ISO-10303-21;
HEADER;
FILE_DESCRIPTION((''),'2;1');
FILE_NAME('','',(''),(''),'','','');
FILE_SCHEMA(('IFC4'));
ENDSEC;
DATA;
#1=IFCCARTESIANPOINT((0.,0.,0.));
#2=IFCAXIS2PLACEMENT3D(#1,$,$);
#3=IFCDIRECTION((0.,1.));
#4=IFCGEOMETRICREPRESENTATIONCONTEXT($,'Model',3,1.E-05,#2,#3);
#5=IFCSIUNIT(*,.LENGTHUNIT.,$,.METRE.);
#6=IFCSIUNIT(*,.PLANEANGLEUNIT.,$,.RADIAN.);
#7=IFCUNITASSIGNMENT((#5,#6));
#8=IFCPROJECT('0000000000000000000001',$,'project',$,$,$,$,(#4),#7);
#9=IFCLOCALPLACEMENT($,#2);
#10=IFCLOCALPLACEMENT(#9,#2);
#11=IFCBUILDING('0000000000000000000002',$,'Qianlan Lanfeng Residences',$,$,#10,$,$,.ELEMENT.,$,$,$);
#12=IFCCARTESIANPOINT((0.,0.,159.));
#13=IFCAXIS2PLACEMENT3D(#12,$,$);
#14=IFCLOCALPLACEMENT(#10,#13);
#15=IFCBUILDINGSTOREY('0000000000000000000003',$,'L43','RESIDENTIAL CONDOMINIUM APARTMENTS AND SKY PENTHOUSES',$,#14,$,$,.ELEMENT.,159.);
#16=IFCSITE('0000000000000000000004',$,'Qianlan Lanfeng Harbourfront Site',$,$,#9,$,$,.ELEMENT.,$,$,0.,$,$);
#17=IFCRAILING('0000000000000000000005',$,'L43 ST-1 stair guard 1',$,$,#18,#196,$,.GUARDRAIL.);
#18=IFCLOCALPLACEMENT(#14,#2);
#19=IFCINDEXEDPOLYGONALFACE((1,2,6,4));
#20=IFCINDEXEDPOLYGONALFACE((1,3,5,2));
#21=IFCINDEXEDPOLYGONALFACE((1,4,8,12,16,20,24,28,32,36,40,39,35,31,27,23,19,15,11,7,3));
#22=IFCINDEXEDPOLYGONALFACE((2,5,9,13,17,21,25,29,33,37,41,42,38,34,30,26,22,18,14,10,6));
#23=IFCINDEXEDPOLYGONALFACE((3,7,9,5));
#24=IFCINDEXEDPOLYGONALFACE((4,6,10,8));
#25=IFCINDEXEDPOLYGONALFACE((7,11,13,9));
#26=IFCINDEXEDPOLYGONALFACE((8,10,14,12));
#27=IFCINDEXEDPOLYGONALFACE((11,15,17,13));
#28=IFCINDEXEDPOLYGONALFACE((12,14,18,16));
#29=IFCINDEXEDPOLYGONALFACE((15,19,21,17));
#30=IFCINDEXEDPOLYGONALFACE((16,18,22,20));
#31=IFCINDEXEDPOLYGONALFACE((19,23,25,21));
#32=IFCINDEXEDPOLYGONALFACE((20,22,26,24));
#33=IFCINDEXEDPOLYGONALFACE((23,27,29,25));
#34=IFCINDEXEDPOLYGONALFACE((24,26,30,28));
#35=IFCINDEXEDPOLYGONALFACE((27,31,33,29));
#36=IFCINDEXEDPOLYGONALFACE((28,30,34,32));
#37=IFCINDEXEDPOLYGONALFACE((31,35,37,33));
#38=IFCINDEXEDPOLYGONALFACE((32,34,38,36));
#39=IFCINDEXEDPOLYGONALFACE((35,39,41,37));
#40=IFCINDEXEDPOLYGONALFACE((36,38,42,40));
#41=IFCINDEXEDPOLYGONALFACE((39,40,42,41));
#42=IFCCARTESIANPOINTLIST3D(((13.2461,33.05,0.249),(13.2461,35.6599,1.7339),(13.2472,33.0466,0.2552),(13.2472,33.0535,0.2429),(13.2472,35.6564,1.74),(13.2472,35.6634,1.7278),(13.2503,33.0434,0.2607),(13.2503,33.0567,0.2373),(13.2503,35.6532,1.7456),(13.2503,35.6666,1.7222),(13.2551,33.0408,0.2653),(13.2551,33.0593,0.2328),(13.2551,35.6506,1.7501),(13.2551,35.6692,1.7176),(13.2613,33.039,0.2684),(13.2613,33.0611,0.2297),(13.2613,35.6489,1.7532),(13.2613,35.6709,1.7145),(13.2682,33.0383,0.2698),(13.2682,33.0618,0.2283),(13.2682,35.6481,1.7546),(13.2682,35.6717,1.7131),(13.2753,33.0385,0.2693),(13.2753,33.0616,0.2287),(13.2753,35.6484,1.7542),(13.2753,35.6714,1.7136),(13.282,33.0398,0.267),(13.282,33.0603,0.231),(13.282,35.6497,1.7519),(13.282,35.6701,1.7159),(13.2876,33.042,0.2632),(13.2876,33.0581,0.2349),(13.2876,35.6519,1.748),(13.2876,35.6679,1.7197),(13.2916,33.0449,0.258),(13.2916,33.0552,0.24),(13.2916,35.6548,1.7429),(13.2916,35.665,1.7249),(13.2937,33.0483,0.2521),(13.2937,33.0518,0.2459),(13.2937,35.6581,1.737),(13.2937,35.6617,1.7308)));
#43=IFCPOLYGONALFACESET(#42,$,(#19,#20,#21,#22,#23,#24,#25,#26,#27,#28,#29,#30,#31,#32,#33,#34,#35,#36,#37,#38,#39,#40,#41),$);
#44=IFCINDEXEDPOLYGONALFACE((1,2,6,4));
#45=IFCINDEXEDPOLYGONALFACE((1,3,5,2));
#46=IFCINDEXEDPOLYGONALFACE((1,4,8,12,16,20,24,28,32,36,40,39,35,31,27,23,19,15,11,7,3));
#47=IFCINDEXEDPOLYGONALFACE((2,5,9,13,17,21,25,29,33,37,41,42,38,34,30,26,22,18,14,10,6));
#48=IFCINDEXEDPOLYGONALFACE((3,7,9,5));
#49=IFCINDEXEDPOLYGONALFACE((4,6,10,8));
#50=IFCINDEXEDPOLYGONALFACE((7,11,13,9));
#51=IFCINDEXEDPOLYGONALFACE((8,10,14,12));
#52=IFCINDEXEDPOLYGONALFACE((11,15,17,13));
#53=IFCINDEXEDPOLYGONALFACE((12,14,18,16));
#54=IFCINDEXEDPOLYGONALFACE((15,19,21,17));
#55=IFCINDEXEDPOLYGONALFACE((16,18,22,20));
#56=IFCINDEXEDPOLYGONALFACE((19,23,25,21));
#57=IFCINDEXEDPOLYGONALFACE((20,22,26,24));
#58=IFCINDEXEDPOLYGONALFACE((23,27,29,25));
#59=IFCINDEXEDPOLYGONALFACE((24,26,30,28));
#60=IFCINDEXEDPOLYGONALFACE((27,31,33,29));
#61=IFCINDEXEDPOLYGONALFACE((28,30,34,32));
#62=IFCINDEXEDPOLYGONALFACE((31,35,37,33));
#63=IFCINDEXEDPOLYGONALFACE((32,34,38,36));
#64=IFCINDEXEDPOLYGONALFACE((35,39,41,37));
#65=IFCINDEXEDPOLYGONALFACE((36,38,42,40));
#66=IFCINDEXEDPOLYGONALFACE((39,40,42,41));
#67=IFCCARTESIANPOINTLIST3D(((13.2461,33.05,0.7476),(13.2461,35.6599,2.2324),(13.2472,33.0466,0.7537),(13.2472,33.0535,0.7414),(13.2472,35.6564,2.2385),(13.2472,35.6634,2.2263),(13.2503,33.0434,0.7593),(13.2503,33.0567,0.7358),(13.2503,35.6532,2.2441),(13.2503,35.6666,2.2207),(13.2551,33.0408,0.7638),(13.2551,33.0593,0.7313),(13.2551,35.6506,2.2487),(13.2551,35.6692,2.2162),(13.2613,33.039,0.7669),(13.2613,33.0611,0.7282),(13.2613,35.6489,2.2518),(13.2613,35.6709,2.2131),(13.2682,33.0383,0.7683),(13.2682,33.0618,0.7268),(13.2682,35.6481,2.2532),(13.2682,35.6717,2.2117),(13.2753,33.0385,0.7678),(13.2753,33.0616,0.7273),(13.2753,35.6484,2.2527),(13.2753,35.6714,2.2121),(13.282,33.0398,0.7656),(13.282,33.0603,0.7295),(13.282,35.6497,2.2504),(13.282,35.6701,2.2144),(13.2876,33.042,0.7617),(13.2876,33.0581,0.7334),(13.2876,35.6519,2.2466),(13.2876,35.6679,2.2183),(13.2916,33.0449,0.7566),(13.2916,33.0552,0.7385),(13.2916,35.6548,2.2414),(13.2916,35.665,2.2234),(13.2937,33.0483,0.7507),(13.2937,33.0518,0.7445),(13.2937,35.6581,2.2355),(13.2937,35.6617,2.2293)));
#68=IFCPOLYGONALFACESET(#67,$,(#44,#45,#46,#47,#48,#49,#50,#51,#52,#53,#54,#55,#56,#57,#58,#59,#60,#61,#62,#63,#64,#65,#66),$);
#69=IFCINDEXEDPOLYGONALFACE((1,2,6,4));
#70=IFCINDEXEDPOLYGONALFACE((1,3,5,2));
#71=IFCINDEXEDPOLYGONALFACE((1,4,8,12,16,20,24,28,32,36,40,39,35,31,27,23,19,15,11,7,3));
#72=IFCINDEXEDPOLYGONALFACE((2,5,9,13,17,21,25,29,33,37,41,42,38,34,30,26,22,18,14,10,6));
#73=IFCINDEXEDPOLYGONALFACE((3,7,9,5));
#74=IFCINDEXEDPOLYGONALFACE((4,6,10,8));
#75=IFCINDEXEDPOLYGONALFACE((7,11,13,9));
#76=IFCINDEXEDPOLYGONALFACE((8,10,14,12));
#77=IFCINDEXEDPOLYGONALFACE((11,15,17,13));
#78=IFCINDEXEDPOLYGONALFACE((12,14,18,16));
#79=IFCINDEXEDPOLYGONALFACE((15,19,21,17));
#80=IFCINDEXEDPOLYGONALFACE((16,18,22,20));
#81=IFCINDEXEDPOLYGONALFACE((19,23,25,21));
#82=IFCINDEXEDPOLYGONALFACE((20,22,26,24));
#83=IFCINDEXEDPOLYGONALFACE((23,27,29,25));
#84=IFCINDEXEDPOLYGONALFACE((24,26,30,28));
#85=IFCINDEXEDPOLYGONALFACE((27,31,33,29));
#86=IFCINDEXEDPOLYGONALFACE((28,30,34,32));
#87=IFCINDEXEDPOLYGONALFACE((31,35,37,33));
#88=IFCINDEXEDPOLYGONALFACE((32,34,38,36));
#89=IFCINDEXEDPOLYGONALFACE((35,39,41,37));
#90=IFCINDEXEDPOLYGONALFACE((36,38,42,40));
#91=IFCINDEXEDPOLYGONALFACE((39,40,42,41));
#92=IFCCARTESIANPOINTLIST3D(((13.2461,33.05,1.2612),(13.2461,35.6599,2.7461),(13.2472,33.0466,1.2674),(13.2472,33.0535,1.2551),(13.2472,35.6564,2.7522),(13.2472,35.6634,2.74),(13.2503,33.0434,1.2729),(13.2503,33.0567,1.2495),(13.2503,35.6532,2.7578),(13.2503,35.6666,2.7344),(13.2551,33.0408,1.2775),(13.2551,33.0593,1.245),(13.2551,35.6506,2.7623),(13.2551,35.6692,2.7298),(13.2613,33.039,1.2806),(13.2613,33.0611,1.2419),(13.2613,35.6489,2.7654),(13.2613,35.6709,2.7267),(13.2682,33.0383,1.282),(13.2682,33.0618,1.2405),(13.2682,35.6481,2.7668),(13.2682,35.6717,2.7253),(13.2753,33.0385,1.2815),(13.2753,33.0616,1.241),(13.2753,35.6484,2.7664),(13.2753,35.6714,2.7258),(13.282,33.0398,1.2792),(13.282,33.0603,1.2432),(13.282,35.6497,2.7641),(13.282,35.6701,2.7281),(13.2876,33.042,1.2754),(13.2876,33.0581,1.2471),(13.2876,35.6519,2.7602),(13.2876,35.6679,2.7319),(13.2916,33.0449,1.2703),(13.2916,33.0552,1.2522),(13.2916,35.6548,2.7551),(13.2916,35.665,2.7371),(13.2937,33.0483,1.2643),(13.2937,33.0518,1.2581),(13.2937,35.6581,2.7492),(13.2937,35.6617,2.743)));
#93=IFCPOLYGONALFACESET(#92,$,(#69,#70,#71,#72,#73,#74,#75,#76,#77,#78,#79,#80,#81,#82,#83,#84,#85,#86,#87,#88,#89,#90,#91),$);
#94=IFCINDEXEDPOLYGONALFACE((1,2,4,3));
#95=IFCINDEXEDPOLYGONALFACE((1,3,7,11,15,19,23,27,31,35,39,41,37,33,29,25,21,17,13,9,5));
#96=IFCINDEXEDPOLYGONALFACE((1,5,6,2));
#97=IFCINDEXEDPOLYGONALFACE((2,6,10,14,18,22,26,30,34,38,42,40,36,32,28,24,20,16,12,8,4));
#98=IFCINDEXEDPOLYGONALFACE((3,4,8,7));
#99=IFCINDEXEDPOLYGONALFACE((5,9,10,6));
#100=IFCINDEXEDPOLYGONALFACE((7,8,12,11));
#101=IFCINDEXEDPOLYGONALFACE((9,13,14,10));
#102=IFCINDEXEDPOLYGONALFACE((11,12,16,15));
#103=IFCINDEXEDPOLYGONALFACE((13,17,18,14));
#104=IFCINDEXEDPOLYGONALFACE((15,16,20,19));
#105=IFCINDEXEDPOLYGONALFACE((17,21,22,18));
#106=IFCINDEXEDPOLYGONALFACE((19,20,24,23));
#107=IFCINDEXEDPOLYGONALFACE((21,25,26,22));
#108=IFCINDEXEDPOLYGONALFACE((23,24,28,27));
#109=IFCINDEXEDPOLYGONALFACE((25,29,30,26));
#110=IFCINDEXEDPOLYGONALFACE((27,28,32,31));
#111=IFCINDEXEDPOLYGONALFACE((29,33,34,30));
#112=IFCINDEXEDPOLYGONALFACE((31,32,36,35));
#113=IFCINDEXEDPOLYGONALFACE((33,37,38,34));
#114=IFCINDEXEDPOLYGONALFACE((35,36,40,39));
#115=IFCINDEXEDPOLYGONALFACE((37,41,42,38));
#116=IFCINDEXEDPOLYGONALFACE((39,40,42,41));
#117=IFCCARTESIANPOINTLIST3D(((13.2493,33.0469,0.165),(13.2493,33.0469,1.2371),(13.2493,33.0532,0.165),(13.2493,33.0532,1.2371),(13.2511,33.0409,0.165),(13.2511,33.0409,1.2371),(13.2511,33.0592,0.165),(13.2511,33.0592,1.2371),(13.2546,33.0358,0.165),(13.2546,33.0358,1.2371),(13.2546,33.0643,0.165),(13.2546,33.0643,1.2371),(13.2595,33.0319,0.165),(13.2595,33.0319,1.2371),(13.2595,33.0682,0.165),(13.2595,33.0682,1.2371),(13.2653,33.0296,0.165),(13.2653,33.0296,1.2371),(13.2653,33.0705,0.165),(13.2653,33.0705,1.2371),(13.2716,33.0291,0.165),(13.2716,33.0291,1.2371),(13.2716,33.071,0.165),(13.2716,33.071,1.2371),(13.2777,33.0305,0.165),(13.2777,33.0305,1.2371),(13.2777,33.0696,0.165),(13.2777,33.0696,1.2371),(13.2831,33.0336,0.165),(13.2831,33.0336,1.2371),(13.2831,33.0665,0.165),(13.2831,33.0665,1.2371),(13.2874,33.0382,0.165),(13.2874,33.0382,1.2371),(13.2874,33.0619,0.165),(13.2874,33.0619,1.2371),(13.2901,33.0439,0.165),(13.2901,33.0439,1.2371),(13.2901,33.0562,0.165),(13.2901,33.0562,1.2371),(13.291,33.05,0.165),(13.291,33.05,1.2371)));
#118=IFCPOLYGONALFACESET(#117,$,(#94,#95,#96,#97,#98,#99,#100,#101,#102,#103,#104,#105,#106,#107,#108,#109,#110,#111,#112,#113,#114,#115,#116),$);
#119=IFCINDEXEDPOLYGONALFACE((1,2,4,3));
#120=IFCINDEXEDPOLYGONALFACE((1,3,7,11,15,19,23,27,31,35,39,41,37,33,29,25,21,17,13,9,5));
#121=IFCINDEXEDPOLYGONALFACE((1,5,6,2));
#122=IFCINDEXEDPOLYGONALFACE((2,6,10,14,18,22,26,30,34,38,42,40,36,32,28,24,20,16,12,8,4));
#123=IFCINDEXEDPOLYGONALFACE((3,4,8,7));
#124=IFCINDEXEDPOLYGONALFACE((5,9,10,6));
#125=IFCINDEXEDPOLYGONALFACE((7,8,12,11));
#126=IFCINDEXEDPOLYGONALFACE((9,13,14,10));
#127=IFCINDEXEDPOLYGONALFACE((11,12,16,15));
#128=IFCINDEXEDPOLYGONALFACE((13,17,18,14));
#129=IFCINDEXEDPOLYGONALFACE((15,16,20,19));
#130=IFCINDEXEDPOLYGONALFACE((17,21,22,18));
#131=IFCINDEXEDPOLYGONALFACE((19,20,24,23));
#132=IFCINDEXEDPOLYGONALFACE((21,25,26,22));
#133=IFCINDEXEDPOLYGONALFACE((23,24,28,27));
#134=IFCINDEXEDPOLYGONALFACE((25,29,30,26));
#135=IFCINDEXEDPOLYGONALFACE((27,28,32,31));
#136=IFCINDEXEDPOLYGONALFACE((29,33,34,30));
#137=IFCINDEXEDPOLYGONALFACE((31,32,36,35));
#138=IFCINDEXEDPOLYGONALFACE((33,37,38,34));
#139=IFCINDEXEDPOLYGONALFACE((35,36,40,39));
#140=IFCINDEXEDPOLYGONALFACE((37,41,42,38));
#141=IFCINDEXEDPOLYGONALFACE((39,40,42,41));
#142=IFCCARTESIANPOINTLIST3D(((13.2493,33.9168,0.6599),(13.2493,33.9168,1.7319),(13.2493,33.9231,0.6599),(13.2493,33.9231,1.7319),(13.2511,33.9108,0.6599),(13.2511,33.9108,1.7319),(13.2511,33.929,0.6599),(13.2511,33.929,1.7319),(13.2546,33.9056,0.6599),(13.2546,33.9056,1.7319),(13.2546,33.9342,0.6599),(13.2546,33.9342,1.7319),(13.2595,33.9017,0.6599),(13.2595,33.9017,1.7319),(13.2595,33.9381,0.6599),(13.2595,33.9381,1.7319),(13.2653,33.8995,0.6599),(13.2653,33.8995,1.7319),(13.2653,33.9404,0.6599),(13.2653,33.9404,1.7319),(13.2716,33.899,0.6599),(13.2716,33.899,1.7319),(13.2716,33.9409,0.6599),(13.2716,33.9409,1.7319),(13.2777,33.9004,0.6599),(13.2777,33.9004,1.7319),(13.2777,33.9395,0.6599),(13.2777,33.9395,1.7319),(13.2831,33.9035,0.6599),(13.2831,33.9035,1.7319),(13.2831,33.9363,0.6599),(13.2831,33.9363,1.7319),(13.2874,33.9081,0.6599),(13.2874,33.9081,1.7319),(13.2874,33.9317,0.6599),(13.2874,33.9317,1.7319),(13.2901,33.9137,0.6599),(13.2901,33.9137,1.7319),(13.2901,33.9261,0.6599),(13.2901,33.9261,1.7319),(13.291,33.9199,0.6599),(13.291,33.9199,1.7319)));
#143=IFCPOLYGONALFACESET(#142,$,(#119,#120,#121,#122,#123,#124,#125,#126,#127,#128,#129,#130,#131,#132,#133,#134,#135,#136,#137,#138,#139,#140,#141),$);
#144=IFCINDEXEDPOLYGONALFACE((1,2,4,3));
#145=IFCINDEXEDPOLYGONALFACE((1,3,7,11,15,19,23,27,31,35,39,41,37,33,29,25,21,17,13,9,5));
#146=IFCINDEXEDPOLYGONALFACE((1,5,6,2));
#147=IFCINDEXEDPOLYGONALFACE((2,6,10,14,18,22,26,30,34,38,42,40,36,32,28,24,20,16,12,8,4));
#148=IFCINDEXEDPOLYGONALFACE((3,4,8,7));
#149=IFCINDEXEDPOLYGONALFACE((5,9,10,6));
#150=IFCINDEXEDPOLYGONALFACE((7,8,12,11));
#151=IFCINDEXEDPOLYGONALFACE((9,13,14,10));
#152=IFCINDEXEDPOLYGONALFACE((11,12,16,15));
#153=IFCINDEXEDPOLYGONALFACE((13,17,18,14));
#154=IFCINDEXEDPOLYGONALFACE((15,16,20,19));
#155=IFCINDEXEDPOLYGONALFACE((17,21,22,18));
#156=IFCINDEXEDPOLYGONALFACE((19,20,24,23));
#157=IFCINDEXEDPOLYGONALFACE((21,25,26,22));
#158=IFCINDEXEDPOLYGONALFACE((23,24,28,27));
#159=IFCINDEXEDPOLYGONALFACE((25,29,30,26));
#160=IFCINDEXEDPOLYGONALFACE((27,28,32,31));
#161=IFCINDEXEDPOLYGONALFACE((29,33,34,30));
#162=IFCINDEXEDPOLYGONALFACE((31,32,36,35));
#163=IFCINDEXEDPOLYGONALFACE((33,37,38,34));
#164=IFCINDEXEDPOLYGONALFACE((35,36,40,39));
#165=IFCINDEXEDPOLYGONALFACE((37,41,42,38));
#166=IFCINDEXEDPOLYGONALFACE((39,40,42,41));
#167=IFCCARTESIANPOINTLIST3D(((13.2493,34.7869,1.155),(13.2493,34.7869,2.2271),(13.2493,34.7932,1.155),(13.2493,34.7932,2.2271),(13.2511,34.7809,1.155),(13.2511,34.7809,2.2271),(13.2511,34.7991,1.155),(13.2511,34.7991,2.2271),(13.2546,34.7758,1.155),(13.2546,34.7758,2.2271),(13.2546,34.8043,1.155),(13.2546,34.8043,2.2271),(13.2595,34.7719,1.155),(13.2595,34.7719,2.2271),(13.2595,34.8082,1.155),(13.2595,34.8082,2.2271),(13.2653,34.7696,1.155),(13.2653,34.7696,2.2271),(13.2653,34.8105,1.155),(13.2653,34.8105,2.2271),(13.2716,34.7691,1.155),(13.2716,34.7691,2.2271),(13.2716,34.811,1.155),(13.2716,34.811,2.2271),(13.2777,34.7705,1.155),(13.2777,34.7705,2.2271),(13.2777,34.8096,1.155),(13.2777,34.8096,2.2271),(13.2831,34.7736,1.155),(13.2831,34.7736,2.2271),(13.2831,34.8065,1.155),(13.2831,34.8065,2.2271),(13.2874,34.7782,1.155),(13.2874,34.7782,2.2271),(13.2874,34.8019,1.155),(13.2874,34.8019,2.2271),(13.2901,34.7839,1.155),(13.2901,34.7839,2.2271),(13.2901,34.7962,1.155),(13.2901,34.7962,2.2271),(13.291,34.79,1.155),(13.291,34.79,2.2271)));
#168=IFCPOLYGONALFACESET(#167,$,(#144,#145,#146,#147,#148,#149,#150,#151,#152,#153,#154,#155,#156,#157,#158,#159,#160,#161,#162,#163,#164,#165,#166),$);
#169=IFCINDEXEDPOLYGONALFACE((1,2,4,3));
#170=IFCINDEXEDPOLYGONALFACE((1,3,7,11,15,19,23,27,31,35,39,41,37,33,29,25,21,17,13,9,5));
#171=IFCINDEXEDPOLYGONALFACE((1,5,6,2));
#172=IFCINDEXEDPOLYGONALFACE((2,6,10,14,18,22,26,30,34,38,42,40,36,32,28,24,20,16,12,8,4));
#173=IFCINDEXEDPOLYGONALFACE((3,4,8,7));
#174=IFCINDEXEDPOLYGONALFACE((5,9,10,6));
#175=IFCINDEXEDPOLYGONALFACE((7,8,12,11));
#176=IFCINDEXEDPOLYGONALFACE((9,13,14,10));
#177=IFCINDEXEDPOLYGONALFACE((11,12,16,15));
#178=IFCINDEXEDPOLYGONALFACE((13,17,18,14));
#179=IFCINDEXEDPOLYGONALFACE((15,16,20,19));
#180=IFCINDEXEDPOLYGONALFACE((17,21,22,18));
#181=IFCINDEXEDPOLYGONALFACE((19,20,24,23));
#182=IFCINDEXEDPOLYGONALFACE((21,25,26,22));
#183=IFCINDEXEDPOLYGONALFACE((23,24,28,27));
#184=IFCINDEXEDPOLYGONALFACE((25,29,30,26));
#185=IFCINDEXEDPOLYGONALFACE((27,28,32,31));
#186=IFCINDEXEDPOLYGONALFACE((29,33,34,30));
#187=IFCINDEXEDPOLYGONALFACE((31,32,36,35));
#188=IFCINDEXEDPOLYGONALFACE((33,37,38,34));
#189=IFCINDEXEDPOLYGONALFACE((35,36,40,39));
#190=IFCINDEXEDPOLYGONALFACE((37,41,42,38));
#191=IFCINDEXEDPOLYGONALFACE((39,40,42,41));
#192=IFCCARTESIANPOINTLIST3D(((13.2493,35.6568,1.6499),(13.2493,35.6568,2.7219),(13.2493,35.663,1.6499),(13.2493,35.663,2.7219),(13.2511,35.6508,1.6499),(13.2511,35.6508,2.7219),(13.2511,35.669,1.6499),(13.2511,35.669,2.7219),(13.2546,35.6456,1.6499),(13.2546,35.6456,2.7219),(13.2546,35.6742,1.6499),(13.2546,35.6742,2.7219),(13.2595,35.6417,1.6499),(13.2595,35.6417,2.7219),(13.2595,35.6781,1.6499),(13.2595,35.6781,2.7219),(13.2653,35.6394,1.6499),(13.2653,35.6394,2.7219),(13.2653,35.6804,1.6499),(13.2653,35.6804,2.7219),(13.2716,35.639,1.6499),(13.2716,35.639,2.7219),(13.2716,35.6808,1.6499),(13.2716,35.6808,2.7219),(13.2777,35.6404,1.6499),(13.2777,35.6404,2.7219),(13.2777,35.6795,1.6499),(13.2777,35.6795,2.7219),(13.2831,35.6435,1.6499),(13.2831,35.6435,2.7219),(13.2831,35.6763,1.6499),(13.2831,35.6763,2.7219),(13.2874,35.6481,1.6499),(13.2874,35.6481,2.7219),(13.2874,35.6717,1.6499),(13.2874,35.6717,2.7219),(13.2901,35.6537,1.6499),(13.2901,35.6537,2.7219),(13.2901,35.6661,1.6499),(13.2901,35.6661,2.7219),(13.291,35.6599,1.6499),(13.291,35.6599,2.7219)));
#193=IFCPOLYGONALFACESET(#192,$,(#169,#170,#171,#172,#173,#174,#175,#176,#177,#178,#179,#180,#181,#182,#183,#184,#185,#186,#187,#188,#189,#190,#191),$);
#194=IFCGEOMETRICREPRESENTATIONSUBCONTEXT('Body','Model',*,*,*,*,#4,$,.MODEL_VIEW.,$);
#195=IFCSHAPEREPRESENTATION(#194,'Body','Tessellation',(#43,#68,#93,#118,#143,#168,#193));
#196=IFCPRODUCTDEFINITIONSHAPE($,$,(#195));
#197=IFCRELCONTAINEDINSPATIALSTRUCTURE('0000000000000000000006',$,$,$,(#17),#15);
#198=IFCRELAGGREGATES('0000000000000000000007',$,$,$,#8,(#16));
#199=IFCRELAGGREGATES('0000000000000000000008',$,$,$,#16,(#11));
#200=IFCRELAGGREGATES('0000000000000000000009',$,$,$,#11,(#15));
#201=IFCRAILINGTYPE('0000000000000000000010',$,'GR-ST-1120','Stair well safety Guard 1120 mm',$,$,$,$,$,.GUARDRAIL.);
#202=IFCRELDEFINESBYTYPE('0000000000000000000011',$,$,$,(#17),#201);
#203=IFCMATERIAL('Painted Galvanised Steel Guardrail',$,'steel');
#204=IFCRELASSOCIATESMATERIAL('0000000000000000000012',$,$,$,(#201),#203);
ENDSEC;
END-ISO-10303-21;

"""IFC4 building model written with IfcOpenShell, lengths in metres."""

from ifc_helpers import new_model, si_unit, direction, frame, origin, origin_2d, place, context, subcontext, project, spatial, circle, extrude, material, type_object, element, save


model = new_model("IFC4")

# Units and contexts
model_context = context("Model", 3, precision=1e-05, world=origin(), true_north=direction((0.0, 1.0)))
body_context = subcontext(model_context, "Body", "Model", "MODEL_VIEW")
ifc_project = project(units=[si_unit("LENGTHUNIT", "METRE"), si_unit("PLANEANGLEUNIT", "RADIAN")], contexts=[model_context])

# Site, building, storey
site_placement = place(None, origin())
site = spatial("IfcSite", under=ifc_project, at=site_placement, Name="Qianlan Lanfeng Harbourfront Site", CompositionType="ELEMENT", RefElevation=0.0)
building_placement = place(site_placement, origin())
building = spatial("IfcBuilding", under=site, at=building_placement, Name="Qianlan Lanfeng Residences", CompositionType="ELEMENT")
storey_placement = place(building_placement, frame((0.0, 0.0, 159.0)))
storey = spatial("IfcBuildingStorey", under=building, at=storey_placement, Name="L43", Description="RESIDENTIAL CONDOMINIUM APARTMENTS AND SKY PENTHOUSES", CompositionType="ELEMENT", Elevation=159.0)

# Railing
ifc_material_1 = material(Name="Painted Galvanised Steel Guardrail", Category="steel")
railing_type_1 = type_object("IfcRailingType", Name="GR-ST-1120", Description="Stair well safety Guard 1120 mm", PredefinedType="GUARDRAIL", material=ifc_material_1)
railing_1_placement = place(storey_placement, frame((13.27, 33.05, 0.165)))
element("IfcRailing", 1, at=railing_1_placement, inside=storey, type_object=railing_type_1, Name="L43 ST-1 stair guard 1", PredefinedType="GUARDRAIL", context=body_context, shape_type="SweptSolid", body=[
    extrude(circle(Radius=0.0239, at=origin_2d()), frame((0.0, 0.0, 0.084), z_axis=(0.0, 0.869172, 0.494509), x_axis=(-1.0, 0.0, 0.0)), (0.0, 0.0, 1.0), 3.0027),
    extrude(circle(Radius=0.0239, at=origin_2d()), frame((0.0, 0.0, 0.5825), z_axis=(0.0, 0.869172, 0.494509), x_axis=(-1.0, 0.0, 0.0)), (0.0, 0.0, 1.0), 3.0027),
    extrude(circle(Radius=0.0239, at=origin_2d()), frame((0.0, 0.0, 1.0962), z_axis=(0.0, 0.869172, 0.494509), x_axis=(-1.0, 0.0, 0.0)), (0.0, 0.0, 1.0), 3.0027),
    extrude(circle(Radius=0.021, at=origin_2d()), origin(), (0.0, 0.0, 1.0), 1.072),
    extrude(circle(Radius=0.021, at=origin_2d()), frame((0.0, 0.8699, 0.4949)), (0.0, 0.0, 1.0), 1.072),
    extrude(circle(Radius=0.021, at=origin_2d()), frame((0.0, 1.74, 0.99)), (0.0, 0.0, 1.0), 1.072),
    extrude(circle(Radius=0.021, at=origin_2d()), frame((0.0, 2.6099, 1.4849)), (0.0, 0.0, 1.0), 1.072),
])

save(model, "model.ifc")
